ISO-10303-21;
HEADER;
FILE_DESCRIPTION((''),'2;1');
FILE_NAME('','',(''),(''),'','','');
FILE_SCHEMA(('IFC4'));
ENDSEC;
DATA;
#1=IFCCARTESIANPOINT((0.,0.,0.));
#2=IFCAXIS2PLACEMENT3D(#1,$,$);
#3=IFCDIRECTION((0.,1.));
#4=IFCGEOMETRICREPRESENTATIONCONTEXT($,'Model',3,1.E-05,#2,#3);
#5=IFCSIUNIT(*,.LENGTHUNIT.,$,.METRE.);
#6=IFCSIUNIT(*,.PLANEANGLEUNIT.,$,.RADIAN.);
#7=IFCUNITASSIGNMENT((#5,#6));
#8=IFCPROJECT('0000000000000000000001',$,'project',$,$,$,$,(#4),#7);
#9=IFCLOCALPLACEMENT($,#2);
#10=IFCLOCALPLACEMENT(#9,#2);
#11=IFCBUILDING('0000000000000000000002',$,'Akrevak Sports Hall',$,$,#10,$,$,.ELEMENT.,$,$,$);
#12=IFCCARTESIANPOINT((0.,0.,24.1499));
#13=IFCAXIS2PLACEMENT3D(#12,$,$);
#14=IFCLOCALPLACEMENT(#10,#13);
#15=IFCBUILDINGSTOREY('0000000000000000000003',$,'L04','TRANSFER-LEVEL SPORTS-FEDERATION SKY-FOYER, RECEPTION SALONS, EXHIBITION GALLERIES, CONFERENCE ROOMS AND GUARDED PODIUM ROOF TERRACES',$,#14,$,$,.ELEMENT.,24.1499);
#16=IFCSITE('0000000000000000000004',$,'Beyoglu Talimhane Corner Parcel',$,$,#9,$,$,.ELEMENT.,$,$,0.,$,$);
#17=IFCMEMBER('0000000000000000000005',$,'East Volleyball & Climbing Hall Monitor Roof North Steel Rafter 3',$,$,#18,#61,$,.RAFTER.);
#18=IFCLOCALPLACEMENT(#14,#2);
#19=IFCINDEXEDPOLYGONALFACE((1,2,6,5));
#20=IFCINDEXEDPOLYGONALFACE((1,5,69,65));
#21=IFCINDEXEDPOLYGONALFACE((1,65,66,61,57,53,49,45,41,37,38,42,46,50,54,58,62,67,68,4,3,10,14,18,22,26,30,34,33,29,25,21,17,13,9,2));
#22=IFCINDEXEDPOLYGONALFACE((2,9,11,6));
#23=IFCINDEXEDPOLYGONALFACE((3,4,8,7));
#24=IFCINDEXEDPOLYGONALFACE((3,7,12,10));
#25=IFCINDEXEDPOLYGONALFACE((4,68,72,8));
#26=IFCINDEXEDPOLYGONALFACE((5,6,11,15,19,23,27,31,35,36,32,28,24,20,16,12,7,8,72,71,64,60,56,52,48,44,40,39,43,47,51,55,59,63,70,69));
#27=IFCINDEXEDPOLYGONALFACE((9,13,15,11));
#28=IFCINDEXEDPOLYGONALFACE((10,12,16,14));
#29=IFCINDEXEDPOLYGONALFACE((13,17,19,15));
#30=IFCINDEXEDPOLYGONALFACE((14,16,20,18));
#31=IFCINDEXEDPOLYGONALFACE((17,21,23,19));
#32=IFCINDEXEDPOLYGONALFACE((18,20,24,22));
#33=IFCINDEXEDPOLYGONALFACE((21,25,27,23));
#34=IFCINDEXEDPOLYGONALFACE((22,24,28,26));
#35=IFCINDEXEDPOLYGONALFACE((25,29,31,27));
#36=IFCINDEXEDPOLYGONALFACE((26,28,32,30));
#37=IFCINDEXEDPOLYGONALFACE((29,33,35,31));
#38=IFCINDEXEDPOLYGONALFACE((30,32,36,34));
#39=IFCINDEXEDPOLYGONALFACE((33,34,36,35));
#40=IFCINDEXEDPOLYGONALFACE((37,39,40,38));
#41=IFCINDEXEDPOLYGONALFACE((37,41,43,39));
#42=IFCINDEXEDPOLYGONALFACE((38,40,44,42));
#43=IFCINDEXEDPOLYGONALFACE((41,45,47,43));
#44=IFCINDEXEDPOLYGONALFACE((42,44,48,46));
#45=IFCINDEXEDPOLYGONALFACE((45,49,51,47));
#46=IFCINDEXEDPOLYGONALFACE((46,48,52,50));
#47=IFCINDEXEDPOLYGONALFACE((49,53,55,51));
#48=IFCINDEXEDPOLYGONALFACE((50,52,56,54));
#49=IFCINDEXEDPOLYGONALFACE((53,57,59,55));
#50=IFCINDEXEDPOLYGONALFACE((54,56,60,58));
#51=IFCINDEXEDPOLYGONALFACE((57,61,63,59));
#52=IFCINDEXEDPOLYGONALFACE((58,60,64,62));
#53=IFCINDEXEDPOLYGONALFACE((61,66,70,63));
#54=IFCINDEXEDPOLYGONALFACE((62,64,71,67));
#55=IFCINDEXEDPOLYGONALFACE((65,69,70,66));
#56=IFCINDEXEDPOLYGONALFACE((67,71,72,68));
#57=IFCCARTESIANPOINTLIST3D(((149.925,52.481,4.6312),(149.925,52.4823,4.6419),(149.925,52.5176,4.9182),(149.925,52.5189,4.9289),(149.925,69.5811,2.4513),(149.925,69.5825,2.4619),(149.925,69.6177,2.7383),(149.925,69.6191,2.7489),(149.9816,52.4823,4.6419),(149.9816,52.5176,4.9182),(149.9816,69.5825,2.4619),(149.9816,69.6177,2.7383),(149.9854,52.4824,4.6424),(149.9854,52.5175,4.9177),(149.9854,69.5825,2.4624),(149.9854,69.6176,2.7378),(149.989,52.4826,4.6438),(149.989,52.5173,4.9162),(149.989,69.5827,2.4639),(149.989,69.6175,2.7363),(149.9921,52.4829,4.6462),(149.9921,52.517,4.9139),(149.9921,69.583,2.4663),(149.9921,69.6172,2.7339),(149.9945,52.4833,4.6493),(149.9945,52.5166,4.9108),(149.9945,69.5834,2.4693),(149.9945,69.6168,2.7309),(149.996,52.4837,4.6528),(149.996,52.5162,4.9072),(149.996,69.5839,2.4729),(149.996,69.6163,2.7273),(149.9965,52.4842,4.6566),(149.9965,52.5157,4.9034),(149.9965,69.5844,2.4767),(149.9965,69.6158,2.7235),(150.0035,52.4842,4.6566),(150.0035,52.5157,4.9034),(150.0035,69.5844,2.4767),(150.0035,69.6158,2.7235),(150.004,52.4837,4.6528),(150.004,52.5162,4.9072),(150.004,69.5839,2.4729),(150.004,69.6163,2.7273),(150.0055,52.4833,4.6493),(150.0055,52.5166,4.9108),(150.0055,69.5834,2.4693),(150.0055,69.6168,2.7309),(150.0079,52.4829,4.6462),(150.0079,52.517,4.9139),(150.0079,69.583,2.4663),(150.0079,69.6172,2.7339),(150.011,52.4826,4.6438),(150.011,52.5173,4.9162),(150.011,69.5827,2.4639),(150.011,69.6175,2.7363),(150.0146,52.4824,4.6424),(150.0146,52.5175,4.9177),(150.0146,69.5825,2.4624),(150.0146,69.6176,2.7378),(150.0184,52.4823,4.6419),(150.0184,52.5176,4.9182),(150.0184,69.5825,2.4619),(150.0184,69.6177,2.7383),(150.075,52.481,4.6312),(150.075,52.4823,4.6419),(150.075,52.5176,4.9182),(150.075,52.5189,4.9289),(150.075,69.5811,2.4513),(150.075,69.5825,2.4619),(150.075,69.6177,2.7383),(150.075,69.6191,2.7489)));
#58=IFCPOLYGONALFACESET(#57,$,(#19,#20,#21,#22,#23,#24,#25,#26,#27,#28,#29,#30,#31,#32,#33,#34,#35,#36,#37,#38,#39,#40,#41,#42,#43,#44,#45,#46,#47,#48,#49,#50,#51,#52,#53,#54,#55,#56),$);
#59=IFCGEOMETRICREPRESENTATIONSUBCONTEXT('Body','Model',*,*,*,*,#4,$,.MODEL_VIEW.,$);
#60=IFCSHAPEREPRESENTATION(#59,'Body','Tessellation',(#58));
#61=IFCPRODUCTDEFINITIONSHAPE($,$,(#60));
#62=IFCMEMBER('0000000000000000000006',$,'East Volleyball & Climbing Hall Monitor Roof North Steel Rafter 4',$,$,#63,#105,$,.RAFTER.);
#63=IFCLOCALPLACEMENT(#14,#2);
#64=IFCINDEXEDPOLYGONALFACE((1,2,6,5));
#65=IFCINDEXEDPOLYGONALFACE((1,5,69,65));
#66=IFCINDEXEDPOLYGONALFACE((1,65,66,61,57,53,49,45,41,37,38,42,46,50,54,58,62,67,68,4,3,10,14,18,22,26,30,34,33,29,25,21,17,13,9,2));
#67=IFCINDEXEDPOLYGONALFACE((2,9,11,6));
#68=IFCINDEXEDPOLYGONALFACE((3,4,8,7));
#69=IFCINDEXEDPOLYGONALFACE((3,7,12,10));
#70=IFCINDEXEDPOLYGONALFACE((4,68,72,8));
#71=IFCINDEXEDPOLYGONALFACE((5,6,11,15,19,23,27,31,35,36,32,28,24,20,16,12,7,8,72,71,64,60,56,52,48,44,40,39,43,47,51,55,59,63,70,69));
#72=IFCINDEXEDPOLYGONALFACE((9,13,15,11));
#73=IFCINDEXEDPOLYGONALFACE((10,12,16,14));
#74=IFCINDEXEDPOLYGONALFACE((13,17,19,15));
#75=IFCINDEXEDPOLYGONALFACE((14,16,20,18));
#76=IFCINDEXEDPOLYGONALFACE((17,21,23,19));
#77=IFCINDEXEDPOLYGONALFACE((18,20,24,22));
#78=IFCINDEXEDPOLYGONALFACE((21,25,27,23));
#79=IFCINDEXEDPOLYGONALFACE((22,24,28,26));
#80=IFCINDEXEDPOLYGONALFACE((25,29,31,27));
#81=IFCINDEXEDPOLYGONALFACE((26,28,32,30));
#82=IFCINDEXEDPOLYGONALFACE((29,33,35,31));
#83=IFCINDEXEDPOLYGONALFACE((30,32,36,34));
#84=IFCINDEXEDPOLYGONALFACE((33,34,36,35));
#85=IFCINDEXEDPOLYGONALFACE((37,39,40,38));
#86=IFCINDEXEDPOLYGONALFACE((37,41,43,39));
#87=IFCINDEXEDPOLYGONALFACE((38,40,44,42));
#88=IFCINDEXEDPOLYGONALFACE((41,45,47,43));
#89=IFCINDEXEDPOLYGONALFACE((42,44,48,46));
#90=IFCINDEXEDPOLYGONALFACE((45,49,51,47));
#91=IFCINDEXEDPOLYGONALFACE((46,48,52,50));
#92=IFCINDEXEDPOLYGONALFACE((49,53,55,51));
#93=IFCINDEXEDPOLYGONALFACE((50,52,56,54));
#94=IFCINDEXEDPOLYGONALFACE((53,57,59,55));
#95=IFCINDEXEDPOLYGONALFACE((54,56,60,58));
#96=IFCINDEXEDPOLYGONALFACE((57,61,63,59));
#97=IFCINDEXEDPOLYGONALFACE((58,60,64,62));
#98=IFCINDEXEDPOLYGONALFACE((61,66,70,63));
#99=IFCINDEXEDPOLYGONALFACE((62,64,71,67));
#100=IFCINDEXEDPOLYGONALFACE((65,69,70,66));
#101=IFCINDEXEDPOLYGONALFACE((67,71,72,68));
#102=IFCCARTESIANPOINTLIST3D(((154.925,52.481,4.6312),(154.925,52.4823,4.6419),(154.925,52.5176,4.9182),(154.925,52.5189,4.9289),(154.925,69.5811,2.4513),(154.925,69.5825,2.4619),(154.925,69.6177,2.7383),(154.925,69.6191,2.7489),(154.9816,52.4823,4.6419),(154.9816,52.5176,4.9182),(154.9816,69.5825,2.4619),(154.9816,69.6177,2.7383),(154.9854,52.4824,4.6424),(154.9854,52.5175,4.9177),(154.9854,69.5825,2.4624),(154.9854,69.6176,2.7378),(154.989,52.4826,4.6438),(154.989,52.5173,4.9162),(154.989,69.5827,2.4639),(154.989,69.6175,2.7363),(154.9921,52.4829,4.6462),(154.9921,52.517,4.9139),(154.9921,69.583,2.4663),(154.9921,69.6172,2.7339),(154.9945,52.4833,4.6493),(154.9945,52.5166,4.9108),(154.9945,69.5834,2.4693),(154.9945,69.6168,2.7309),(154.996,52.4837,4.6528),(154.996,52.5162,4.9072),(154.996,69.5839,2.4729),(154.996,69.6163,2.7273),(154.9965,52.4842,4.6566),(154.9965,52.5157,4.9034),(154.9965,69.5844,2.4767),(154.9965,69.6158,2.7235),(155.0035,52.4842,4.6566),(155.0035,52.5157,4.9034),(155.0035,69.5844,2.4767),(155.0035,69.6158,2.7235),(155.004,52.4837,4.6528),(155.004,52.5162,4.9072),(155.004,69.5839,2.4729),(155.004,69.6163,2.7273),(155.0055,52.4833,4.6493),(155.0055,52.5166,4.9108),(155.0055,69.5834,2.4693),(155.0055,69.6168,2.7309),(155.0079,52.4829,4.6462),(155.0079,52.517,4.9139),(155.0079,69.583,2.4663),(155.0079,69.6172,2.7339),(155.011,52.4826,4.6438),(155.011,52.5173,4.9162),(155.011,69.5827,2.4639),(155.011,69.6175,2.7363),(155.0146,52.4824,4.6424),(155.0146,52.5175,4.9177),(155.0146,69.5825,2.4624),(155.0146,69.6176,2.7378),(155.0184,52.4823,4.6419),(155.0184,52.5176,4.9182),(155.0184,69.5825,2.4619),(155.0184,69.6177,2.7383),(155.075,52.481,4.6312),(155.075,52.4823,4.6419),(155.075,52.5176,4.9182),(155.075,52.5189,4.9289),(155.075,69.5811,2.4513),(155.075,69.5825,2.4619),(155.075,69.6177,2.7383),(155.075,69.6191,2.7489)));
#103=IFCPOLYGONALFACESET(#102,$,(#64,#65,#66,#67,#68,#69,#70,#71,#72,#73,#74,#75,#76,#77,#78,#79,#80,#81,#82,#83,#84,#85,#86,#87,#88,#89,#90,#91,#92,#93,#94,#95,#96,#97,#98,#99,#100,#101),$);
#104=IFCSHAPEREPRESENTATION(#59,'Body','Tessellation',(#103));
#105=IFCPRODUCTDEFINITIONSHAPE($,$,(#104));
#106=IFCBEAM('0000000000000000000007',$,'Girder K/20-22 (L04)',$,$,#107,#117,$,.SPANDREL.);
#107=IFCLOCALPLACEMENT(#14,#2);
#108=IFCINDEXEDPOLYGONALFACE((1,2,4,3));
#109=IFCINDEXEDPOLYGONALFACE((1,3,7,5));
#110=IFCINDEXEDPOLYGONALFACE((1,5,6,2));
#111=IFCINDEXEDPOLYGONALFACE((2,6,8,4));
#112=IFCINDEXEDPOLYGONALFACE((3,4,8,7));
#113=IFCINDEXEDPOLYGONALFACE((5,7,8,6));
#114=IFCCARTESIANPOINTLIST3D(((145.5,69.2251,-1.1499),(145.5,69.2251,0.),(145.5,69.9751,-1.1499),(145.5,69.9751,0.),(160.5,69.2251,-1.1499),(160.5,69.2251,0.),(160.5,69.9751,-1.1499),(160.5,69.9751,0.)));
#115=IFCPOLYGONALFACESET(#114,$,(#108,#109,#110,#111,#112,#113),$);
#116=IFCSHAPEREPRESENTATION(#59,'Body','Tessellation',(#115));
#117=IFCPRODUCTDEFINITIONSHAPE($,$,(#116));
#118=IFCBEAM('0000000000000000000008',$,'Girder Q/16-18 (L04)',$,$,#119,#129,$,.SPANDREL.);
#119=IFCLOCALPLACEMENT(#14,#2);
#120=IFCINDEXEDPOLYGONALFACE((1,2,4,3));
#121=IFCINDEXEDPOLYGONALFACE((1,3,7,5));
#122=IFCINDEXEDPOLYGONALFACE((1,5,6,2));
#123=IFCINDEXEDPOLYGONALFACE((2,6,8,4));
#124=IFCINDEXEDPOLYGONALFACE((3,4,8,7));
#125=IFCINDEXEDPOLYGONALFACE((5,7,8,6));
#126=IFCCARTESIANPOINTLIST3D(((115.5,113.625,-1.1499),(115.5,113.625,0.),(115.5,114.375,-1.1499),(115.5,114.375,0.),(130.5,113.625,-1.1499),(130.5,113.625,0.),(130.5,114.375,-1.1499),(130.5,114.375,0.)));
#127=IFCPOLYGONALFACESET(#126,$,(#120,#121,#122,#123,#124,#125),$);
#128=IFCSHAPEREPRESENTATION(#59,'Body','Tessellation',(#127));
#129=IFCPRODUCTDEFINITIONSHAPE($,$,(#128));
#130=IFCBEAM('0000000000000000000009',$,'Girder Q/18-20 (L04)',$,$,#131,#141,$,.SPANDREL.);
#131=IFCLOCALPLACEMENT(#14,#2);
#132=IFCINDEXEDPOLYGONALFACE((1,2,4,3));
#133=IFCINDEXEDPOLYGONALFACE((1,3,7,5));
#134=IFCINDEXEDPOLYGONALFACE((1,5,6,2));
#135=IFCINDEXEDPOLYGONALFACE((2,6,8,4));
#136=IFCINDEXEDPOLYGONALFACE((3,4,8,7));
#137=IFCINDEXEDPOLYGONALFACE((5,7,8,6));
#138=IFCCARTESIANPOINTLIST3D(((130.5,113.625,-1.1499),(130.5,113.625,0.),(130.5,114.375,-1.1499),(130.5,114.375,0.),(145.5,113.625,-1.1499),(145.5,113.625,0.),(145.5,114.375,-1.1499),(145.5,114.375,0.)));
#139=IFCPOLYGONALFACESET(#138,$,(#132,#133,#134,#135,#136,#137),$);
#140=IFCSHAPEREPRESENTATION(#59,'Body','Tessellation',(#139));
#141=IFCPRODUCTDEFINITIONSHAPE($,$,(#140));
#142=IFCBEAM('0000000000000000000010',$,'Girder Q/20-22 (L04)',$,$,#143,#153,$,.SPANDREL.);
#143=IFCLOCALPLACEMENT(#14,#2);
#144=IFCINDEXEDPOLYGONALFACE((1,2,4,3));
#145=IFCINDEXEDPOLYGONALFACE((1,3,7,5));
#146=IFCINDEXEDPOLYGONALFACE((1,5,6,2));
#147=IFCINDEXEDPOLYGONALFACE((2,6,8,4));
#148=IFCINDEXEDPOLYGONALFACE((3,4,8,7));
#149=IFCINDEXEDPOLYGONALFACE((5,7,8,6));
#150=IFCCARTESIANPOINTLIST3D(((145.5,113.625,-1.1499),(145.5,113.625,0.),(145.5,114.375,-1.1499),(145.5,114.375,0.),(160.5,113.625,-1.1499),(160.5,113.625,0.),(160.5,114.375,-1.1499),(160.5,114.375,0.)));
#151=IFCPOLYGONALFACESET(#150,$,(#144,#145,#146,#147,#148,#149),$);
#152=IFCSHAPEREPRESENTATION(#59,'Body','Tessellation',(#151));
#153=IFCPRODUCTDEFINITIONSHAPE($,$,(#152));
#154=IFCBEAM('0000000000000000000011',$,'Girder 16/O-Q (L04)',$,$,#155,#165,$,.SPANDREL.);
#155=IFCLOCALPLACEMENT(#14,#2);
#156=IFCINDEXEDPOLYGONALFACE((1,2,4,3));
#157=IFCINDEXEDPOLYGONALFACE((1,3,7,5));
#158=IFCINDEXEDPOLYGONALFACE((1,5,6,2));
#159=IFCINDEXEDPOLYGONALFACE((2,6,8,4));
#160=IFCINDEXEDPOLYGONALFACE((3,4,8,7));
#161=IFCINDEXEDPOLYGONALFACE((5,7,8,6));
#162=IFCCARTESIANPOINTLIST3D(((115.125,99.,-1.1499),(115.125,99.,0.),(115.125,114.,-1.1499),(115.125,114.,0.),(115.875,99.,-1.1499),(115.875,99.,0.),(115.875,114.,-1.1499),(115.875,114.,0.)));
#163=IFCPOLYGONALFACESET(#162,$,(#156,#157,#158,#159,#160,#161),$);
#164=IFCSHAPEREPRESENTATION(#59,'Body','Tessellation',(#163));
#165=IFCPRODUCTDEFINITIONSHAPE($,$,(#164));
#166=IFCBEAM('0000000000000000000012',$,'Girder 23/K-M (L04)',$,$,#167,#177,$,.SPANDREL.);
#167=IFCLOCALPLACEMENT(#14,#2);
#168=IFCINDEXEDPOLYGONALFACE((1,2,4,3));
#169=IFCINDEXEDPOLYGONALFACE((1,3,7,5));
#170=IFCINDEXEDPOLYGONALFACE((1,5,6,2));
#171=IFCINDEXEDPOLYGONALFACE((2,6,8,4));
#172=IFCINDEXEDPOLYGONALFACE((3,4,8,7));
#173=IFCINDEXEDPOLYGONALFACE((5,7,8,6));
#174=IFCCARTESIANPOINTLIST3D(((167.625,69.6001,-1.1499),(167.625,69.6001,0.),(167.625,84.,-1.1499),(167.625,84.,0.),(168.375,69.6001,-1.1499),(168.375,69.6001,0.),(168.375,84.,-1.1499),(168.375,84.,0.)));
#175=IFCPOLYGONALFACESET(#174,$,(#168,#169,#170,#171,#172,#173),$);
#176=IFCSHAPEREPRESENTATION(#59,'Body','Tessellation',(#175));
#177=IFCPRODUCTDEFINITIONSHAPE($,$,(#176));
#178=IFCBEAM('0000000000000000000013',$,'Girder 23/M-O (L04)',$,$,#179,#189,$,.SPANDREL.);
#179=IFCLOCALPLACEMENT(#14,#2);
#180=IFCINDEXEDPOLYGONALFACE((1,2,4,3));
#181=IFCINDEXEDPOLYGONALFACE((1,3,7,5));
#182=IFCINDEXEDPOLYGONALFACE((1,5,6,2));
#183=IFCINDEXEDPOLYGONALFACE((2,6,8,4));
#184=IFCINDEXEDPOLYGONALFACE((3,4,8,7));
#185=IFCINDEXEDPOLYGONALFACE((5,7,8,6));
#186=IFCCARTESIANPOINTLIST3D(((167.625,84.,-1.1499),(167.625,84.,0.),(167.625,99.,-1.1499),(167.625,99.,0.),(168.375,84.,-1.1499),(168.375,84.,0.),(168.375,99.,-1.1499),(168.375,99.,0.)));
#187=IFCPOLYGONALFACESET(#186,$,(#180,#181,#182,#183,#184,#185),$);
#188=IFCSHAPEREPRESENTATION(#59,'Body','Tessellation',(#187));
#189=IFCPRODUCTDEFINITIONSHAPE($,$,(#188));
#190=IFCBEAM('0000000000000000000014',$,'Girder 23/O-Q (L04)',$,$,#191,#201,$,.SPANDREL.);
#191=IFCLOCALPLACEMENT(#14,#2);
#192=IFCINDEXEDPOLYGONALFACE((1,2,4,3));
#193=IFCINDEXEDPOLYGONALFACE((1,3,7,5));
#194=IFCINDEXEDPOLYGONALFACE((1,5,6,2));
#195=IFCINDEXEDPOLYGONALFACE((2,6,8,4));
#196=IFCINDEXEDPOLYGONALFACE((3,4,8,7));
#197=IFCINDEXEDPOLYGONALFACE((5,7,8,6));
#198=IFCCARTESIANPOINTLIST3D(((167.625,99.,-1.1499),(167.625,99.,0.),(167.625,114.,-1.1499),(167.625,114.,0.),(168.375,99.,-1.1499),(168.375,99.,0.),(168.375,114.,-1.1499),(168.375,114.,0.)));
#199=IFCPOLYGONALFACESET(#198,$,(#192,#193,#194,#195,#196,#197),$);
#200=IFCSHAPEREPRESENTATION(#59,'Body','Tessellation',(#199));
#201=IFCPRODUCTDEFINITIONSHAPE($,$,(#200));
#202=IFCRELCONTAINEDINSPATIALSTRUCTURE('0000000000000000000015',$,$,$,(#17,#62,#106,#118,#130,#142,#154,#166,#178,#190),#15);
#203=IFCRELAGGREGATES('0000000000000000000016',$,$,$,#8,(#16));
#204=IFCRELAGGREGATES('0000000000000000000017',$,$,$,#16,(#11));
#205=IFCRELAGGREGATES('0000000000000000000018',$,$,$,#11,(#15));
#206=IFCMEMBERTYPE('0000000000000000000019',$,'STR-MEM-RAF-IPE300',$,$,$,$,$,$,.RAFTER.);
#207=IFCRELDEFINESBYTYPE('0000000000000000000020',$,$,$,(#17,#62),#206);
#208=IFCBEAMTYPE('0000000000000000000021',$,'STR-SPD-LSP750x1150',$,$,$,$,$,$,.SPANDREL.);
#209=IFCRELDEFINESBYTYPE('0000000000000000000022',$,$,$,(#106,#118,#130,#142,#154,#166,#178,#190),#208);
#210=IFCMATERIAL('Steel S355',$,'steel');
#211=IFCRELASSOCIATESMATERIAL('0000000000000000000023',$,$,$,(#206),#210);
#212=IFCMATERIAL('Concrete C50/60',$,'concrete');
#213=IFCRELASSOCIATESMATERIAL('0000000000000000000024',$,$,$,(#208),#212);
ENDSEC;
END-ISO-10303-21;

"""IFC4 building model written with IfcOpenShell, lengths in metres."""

from ifc_helpers import new_model, si_unit, direction, frame, origin, origin_2d, place, context, subcontext, project, spatial, rectangle, i_section, extrude, material, material_profile, profile_set, type_object, element, save


model = new_model("IFC4")

# Units and contexts
model_context = context("Model", 3, precision=1e-05, world=origin(), true_north=direction((0.0, 1.0)))
body_context = subcontext(model_context, "Body", "Model", "MODEL_VIEW")
ifc_project = project(units=[si_unit("LENGTHUNIT", "METRE"), si_unit("PLANEANGLEUNIT", "RADIAN")], contexts=[model_context])

# Site, building, storey
site_placement = place(None, origin())
site = spatial("IfcSite", under=ifc_project, at=site_placement, Name="Beyoglu Talimhane Corner Parcel", CompositionType="ELEMENT", RefElevation=0.0)
building_placement = place(site_placement, origin())
building = spatial("IfcBuilding", under=site, at=building_placement, Name="Akrevak Sports Hall", CompositionType="ELEMENT")
storey_placement = place(building_placement, frame((0.0, 0.0, 24.1499)))
storey = spatial("IfcBuildingStorey", under=building, at=storey_placement, Name="L04", Description="TRANSFER-LEVEL SPORTS-FEDERATION SKY-FOYER, RECEPTION SALONS, EXHIBITION GALLERIES, CONFERENCE ROOMS AND GUARDED PODIUM ROOF TERRACES", CompositionType="ELEMENT", Elevation=24.1499)

# Shared definitions
ifc_material_1 = material(Name="Concrete C50/60", Category="concrete")

# Members
ifc_material_2 = material(Name="Steel S355", Category="steel")
ifc_material_profile_1 = material_profile(ifc_material_2, i_section(OverallWidth=0.1499, OverallDepth=0.3, WebThickness=0.0071, FlangeThickness=0.0107, FilletRadius=0.0149, at=origin_2d()), Name="IPE 300", Category="steel")
ifc_profile_set_1 = profile_set([ifc_material_profile_1], Name="Steel S355")
member_type = type_object("IfcMemberType", Name="STR-MEM-RAF-IPE300", PredefinedType="RAFTER", material=ifc_profile_set_1)
for number, where, z_axis, x_axis, name in (
    (1, (150.0, 69.6001, 2.6001), (0.0, -0.991972, 0.126457), (1.0, 0.0, 0.0), "East Volleyball & Climbing Hall Monitor Roof North Steel Rafter 3"),
    (2, (155.0, 69.6001, 2.6001), (0.0, -0.991972, 0.126457), (1.0, 0.0, 0.0), "East Volleyball & Climbing Hall Monitor Roof North Steel Rafter 4"),
):
    element("IfcMember", number, at=place(storey_placement, frame(where, z_axis=z_axis, x_axis=x_axis)), inside=storey, type_object=member_type, Name=name, PredefinedType="RAFTER", context=body_context, shape_type="SweptSolid", body=[
        extrude(i_section(OverallWidth=0.1499, OverallDepth=0.3, WebThickness=0.0071, FlangeThickness=0.0107, FilletRadius=0.0149, at=origin_2d()), origin(), (0.0, 0.0, 1.0), 17.2385),
    ])

# Beams
ifc_material_profile_2 = material_profile(ifc_material_1, rectangle(XDim=0.75, YDim=1.1499, at=origin_2d()), Name="SPD 750x1150", Category="concrete")
ifc_profile_set_2 = profile_set([ifc_material_profile_2], Name="Concrete C50/60")
beam_type_1 = type_object("IfcBeamType", Name="STR-SPD-LSP750x1150", PredefinedType="SPANDREL", material=ifc_profile_set_2)
for number, where, z_axis, x_axis, name in (
    (3, (145.5, 69.6001, -0.575), (1.0, 0.0, 0.0), (0.0, 1.0, 0.0), "Girder K/20-22 (L04)"),
    (4, (115.5, 114.0, -0.575), (1.0, 0.0, 0.0), (0.0, 1.0, 0.0), "Girder Q/16-18 (L04)"),
    (5, (130.5, 114.0, -0.575), (1.0, 0.0, 0.0), (0.0, 1.0, 0.0), "Girder Q/18-20 (L04)"),
    (6, (145.5, 114.0, -0.575), (1.0, 0.0, 0.0), (0.0, 1.0, 0.0), "Girder Q/20-22 (L04)"),
    (7, (115.5, 99.0, -0.575), (0.0, 1.0, 0.0), (-1.0, 0.0, 0.0), "Girder 16/O-Q (L04)"),
):
    element("IfcBeam", number, at=place(storey_placement, frame(where, z_axis=z_axis, x_axis=x_axis)), inside=storey, type_object=beam_type_1, Name=name, PredefinedType="SPANDREL", context=body_context, shape_type="SweptSolid", body=[
        extrude(rectangle(XDim=0.75, YDim=1.1499, at=origin_2d()), origin(), (0.0, 0.0, 1.0), 15.0),
    ])
beam_1_placement = place(storey_placement, frame((168.0, 69.6001, -0.575), z_axis=(0.0, 1.0, 0.0), x_axis=(-1.0, 0.0, 0.0)))
element("IfcBeam", 8, at=beam_1_placement, inside=storey, type_object=beam_type_1, Name="Girder 23/K-M (L04)", PredefinedType="SPANDREL", context=body_context, shape_type="SweptSolid", body=[
    extrude(rectangle(XDim=0.75, YDim=1.1499, at=origin_2d()), origin(), (0.0, 0.0, 1.0), 14.3999),
])
for number, where, z_axis, x_axis, name in (
    (9, (168.0, 84.0, -0.575), (0.0, 1.0, 0.0), (-1.0, 0.0, 0.0), "Girder 23/M-O (L04)"),
    (10, (168.0, 99.0, -0.575), (0.0, 1.0, 0.0), (-1.0, 0.0, 0.0), "Girder 23/O-Q (L04)"),
):
    element("IfcBeam", number, at=place(storey_placement, frame(where, z_axis=z_axis, x_axis=x_axis)), inside=storey, type_object=beam_type_1, Name=name, PredefinedType="SPANDREL", context=body_context, shape_type="SweptSolid", body=[
        extrude(rectangle(XDim=0.75, YDim=1.1499, at=origin_2d()), origin(), (0.0, 0.0, 1.0), 15.0),
    ])

save(model, "model.ifc")
